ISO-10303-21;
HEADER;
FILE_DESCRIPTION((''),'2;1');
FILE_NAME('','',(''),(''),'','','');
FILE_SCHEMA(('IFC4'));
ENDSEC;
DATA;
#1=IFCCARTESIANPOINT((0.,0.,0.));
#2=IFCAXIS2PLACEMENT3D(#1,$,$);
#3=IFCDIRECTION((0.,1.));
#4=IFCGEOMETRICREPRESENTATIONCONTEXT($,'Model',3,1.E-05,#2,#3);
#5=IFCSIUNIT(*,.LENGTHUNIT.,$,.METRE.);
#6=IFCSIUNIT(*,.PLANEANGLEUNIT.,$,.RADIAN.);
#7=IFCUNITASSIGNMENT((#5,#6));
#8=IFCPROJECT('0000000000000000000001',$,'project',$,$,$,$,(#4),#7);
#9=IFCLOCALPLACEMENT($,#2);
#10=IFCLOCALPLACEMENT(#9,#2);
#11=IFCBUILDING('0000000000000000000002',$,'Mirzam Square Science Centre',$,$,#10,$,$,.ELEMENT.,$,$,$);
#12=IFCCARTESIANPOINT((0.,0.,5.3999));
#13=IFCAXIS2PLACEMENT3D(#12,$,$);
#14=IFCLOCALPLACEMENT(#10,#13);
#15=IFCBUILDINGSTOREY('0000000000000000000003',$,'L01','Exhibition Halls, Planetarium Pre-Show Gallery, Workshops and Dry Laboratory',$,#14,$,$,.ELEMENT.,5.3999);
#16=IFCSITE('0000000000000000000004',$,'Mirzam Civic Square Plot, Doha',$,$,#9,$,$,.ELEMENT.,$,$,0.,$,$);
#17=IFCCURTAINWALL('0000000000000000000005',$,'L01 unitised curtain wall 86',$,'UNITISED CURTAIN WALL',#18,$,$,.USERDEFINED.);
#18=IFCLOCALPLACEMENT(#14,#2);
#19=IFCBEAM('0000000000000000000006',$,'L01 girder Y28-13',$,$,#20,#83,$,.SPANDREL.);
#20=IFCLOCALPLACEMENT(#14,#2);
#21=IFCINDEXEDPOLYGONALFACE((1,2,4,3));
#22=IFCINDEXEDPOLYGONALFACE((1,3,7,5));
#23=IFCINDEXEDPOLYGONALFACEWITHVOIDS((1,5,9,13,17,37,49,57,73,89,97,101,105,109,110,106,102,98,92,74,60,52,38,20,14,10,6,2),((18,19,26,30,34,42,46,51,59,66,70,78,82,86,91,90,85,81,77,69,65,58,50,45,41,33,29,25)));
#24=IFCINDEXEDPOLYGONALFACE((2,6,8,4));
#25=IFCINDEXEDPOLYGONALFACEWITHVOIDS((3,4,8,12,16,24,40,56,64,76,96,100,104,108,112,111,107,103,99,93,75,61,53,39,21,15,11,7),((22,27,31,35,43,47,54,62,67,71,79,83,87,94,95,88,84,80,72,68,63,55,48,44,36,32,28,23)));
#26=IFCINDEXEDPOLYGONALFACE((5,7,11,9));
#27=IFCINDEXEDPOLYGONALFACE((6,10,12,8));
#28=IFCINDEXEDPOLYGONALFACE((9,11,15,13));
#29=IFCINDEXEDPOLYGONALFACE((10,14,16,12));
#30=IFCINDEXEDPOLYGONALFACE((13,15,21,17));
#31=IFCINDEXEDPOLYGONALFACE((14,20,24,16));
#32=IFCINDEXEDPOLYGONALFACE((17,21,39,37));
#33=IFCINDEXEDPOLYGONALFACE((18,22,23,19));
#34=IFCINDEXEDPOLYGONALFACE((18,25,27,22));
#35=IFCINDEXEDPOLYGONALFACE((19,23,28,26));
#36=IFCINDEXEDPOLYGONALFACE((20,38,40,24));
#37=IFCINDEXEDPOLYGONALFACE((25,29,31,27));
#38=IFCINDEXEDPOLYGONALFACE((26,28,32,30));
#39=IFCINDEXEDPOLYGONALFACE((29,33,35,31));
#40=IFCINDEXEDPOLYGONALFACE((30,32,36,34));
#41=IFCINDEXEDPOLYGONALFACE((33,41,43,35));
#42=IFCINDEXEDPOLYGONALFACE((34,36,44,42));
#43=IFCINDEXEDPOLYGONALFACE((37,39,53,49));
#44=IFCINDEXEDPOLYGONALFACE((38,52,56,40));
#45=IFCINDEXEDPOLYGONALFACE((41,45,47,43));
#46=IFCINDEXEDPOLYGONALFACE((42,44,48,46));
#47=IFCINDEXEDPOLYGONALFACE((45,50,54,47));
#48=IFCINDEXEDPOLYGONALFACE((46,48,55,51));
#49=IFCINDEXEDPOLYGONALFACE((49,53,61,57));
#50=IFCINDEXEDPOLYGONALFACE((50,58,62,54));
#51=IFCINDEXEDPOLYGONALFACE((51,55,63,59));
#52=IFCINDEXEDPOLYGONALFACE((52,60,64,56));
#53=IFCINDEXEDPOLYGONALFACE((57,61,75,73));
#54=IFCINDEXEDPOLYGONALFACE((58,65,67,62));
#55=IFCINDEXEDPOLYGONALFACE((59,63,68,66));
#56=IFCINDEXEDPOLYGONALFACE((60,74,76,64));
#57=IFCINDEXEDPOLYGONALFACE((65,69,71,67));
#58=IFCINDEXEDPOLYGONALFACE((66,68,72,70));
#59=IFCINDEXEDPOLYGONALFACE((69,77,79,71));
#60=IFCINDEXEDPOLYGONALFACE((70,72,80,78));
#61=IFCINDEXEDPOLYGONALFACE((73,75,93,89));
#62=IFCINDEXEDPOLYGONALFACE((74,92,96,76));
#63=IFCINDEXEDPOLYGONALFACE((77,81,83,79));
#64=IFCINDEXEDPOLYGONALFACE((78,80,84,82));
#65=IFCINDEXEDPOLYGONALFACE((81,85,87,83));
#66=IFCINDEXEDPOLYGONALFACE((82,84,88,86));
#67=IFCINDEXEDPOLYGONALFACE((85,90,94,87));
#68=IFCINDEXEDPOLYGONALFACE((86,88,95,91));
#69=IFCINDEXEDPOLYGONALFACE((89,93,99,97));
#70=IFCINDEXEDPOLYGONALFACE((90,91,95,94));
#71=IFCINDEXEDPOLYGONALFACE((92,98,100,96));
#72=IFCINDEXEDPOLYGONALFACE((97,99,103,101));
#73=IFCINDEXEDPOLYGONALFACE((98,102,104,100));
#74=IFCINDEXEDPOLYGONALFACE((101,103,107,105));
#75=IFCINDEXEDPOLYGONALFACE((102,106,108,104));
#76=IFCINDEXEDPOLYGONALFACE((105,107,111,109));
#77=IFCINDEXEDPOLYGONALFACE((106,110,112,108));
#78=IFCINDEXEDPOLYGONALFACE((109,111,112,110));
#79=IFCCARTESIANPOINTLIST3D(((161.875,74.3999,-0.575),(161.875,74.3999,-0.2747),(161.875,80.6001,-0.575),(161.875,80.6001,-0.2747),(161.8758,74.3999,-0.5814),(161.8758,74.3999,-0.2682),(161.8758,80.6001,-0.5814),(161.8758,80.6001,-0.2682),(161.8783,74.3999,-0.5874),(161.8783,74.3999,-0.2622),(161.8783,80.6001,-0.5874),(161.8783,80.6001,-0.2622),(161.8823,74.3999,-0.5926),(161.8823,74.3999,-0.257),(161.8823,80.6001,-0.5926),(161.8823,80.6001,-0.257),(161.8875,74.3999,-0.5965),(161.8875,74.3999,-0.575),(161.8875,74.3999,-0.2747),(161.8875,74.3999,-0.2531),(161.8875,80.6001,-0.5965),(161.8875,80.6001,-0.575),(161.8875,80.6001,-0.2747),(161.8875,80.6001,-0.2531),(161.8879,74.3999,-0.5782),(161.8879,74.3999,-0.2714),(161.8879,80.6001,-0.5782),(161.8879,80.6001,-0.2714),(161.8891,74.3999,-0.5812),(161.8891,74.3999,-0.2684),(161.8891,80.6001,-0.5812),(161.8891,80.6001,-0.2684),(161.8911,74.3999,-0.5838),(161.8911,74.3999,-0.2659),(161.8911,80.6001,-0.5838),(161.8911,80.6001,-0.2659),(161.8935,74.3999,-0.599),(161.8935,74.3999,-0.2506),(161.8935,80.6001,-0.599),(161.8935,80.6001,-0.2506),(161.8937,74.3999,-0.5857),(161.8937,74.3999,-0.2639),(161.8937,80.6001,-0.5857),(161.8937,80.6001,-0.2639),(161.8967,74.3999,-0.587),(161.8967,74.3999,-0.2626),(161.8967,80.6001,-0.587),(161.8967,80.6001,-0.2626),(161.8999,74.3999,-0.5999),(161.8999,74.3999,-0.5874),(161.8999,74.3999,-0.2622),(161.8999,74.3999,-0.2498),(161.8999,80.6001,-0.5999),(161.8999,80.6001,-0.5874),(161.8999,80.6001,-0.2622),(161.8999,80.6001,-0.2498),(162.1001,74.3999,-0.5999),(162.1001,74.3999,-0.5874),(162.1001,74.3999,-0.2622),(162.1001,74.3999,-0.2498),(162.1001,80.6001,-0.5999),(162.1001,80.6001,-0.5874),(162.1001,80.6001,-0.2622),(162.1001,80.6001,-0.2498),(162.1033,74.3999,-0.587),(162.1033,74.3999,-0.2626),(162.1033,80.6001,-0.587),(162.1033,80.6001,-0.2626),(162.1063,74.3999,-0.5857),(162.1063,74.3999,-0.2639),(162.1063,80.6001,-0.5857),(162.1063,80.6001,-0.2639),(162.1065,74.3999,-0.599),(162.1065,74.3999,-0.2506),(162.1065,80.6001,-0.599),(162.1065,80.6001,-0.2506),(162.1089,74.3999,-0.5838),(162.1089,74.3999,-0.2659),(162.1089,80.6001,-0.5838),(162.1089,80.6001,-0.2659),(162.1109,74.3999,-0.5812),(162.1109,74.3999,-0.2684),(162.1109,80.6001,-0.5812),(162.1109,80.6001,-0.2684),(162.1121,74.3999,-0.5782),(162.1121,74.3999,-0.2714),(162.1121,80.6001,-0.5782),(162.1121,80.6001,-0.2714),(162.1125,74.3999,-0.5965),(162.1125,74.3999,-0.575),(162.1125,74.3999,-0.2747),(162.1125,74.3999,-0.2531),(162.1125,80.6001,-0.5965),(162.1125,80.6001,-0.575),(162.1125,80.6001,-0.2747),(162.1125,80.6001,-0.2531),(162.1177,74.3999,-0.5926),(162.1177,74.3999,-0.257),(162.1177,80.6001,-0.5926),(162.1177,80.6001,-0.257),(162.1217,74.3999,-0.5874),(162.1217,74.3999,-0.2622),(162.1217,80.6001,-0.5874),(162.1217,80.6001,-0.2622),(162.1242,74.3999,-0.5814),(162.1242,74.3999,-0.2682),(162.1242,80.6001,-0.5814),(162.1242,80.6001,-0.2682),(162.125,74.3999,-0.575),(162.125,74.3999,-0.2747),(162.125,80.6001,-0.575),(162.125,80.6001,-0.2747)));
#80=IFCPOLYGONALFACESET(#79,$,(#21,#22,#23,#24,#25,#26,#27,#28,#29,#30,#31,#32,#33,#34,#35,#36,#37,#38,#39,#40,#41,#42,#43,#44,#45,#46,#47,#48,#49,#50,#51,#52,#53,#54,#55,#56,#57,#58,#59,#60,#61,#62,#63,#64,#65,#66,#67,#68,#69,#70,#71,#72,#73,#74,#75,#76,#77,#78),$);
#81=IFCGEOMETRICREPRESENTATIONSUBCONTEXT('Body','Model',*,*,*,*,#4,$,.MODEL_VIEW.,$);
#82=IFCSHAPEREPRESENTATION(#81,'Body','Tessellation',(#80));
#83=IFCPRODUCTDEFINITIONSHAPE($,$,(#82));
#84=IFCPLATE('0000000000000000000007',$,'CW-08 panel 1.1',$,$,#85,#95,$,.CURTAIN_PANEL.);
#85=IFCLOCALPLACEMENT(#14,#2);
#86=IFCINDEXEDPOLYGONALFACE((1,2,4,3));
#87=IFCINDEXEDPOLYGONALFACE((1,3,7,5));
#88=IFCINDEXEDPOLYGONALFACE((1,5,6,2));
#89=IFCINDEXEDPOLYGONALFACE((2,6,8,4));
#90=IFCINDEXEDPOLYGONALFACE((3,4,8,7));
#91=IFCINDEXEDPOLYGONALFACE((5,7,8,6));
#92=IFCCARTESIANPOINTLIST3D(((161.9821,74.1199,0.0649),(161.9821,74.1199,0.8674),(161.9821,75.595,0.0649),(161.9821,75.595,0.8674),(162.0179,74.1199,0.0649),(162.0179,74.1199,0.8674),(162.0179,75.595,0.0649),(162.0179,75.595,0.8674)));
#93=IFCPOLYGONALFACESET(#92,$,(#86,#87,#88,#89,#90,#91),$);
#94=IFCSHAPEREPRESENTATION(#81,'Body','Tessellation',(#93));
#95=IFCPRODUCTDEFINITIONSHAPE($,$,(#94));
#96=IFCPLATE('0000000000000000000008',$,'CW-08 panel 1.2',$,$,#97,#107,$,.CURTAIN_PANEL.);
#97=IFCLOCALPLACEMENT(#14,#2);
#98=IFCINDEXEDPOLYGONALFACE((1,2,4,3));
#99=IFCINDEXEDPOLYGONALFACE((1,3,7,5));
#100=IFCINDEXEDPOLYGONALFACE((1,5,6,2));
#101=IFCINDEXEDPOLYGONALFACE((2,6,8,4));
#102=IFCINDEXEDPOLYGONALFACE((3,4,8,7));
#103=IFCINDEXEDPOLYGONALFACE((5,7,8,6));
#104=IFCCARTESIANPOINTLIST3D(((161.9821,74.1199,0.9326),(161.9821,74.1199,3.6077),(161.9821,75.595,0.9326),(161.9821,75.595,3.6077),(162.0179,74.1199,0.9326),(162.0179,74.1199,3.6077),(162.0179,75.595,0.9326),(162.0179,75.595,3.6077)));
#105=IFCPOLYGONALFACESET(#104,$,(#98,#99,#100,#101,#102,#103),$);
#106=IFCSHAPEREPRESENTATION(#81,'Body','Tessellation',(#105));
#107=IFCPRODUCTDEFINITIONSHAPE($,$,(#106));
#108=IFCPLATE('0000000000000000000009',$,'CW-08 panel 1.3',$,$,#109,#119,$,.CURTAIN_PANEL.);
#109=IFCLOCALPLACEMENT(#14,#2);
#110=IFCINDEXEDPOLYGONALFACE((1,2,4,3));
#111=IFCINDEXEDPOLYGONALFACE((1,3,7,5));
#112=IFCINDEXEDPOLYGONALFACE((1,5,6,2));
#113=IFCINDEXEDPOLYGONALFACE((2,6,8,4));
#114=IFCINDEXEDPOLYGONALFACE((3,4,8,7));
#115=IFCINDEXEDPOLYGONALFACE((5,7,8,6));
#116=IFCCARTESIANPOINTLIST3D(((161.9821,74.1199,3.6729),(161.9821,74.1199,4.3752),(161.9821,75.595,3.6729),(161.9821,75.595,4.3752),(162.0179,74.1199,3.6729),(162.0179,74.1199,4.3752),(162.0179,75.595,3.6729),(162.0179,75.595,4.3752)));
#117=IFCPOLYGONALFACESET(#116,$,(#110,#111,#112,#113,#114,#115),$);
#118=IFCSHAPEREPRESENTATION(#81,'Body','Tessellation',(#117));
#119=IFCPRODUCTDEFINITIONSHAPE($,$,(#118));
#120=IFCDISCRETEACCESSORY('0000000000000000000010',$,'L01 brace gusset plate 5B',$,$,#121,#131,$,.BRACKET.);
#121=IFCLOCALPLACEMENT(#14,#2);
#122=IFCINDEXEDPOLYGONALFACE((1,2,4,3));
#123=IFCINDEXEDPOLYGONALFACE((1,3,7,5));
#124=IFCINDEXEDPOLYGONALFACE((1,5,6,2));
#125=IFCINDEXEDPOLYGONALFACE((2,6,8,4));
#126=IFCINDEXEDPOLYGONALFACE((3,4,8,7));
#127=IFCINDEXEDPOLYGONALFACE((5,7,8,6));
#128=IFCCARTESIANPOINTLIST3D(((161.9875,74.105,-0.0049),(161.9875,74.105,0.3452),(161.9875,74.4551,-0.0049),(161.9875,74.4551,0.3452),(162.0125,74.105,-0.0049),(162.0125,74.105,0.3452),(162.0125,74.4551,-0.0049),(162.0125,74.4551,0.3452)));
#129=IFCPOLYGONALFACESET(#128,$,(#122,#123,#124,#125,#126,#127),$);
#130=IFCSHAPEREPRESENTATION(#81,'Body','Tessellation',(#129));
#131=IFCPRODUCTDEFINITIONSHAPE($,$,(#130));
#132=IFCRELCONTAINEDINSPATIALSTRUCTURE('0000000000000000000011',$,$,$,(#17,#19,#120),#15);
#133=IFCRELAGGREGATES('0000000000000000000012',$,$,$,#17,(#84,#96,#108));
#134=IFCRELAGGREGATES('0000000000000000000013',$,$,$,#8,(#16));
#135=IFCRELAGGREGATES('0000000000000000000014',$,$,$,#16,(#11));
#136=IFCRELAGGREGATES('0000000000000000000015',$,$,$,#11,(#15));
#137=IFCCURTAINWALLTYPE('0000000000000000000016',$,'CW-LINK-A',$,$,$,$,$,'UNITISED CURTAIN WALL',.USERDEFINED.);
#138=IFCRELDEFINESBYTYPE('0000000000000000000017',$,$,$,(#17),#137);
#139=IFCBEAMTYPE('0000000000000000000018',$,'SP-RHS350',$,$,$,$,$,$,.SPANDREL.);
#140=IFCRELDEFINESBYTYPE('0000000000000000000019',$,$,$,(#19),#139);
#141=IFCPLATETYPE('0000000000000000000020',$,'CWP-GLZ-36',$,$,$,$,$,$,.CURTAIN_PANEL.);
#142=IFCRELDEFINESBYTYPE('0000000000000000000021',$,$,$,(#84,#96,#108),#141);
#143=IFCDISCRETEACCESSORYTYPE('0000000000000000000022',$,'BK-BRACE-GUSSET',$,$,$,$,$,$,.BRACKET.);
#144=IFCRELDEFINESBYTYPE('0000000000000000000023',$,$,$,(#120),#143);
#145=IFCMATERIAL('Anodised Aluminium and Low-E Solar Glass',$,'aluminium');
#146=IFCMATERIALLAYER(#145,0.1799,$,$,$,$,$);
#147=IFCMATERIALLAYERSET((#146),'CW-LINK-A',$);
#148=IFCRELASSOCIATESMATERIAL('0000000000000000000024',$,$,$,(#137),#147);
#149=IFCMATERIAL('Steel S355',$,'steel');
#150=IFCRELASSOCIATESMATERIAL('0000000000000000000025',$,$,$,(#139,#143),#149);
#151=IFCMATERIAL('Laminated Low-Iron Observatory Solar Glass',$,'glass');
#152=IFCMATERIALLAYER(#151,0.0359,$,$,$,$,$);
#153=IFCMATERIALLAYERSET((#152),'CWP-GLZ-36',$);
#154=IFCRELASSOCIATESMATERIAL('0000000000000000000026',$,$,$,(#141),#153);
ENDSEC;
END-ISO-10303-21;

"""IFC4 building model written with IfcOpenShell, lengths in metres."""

from ifc_helpers import new_model, si_unit, direction, frame, origin, origin_2d, place, context, subcontext, project, spatial, rectangle, hollow_rectangle, extrude, material, layer, layer_set, material_profile, profile_set, type_object, element, aggregate, save


model = new_model("IFC4")

# Units and contexts
model_context = context("Model", 3, precision=1e-05, world=origin(), true_north=direction((0.0, 1.0)))
body_context = subcontext(model_context, "Body", "Model", "MODEL_VIEW")
ifc_project = project(units=[si_unit("LENGTHUNIT", "METRE"), si_unit("PLANEANGLEUNIT", "RADIAN")], contexts=[model_context])

# Site, building, storey
site_placement = place(None, origin())
site = spatial("IfcSite", under=ifc_project, at=site_placement, Name="Mirzam Civic Square Plot, Doha", CompositionType="ELEMENT", RefElevation=0.0)
building_placement = place(site_placement, origin())
building = spatial("IfcBuilding", under=site, at=building_placement, Name="Mirzam Square Science Centre", CompositionType="ELEMENT")
storey_placement = place(building_placement, frame((0.0, 0.0, 5.3999)))
storey = spatial("IfcBuildingStorey", under=building, at=storey_placement, Name="L01", Description="Exhibition Halls, Planetarium Pre-Show Gallery, Workshops and Dry Laboratory", CompositionType="ELEMENT", Elevation=5.3999)

# Shared definitions
ifc_material_1 = material(Name="Steel S355", Category="steel")

# Curtain wall
ifc_material_2 = material(Name="Anodised Aluminium and Low-E Solar Glass", Category="aluminium")
ifc_layer_1 = layer(ifc_material_2, 0.1799)
ifc_layer_set_1 = layer_set([ifc_layer_1], Name="CW-LINK-A")
curtain_wall_type = type_object("IfcCurtainWallType", Name="CW-LINK-A", ElementType="UNITISED CURTAIN WALL", PredefinedType="USERDEFINED", material=ifc_layer_set_1)
curtain_wall_placement = place(storey_placement, origin())
curtain_wall = element("IfcCurtainWall", 1, at=curtain_wall_placement, inside=storey, type_object=curtain_wall_type, Name="L01 unitised curtain wall 86", ObjectType="UNITISED CURTAIN WALL", PredefinedType="USERDEFINED")

# Beam
ifc_material_profile_1 = material_profile(ifc_material_1, hollow_rectangle(XDim=0.25, YDim=0.3501, WallThickness=0.0125, InnerFilletRadius=0.0125, OuterFilletRadius=0.0249, at=origin_2d()), Name="350x250x12.5RHS")
ifc_profile_set_1 = profile_set([ifc_material_profile_1], Name="Steel S355")
beam_type_1 = type_object("IfcBeamType", Name="SP-RHS350", PredefinedType="SPANDREL", material=ifc_profile_set_1)
beam_1_placement = place(storey_placement, frame((162.0, 74.3999, -0.4248), z_axis=(0.0, 1.0, 0.0), x_axis=(-1.0, 0.0, 0.0)))
element("IfcBeam", 2, at=beam_1_placement, inside=storey, type_object=beam_type_1, Name="L01 girder Y28-13", PredefinedType="SPANDREL", context=body_context, shape_type="SweptSolid", body=[
    extrude(hollow_rectangle(XDim=0.25, YDim=0.3501, WallThickness=0.0125, InnerFilletRadius=0.0125, OuterFilletRadius=0.0249, at=origin_2d()), origin(), (0.0, 0.0, 1.0), 6.2002),
])

# Plates
ifc_material_3 = material(Name="Laminated Low-Iron Observatory Solar Glass", Category="glass")
ifc_layer_2 = layer(ifc_material_3, 0.0359)
ifc_layer_set_2 = layer_set([ifc_layer_2], Name="CWP-GLZ-36")
plate_type = type_object("IfcPlateType", Name="CWP-GLZ-36", PredefinedType="CURTAIN_PANEL", material=ifc_layer_set_2)
plate_1_placement = place(storey_placement, frame((162.0, 74.8574, 0.0649), z_axis=(0.0, 0.0, 1.0), x_axis=(0.0, 1.0, 0.0)))
plate_1 = element("IfcPlate", 3, at=plate_1_placement, type_object=plate_type, Name="CW-08 panel 1.1", PredefinedType="CURTAIN_PANEL", context=body_context, shape_type="SweptSolid", body=[
    extrude(rectangle(XDim=1.4751, YDim=0.0359, at=origin_2d()), origin(), (0.0, 0.0, 1.0), 0.8025),
])
plate_2_placement = place(storey_placement, frame((162.0, 74.8574, 0.9326), z_axis=(0.0, 0.0, 1.0), x_axis=(0.0, 1.0, 0.0)))
plate_2 = element("IfcPlate", 4, at=plate_2_placement, type_object=plate_type, Name="CW-08 panel 1.2", PredefinedType="CURTAIN_PANEL", context=body_context, shape_type="SweptSolid", body=[
    extrude(rectangle(XDim=1.4751, YDim=0.0359, at=origin_2d()), origin(), (0.0, 0.0, 1.0), 2.675),
])
plate_3_placement = place(storey_placement, frame((162.0, 74.8574, 3.6729), z_axis=(0.0, 0.0, 1.0), x_axis=(0.0, 1.0, 0.0)))
plate_3 = element("IfcPlate", 5, at=plate_3_placement, type_object=plate_type, Name="CW-08 panel 1.3", PredefinedType="CURTAIN_PANEL", context=body_context, shape_type="SweptSolid", body=[
    extrude(rectangle(XDim=1.4751, YDim=0.0359, at=origin_2d()), origin(), (0.0, 0.0, 1.0), 0.7024),
])
aggregate(curtain_wall, [plate_1, plate_2, plate_3])

# Discrete accessory
discrete_accessory_type = type_object("IfcDiscreteAccessoryType", Name="BK-BRACE-GUSSET", PredefinedType="BRACKET", material=ifc_material_1)
discrete_accessory_placement = place(storey_placement, frame((162.0, 74.28, -0.0049), z_axis=(0.0, 0.0, 1.0), x_axis=(0.0, 1.0, 0.0)))
element("IfcDiscreteAccessory", 6, at=discrete_accessory_placement, inside=storey, type_object=discrete_accessory_type, Name="L01 brace gusset plate 5B", PredefinedType="BRACKET", context=body_context, shape_type="SweptSolid", body=[
    extrude(rectangle(XDim=0.3501, YDim=0.0249, at=origin_2d()), origin(), (0.0, 0.0, 1.0), 0.3501),
])

save(model, "model.ifc")
